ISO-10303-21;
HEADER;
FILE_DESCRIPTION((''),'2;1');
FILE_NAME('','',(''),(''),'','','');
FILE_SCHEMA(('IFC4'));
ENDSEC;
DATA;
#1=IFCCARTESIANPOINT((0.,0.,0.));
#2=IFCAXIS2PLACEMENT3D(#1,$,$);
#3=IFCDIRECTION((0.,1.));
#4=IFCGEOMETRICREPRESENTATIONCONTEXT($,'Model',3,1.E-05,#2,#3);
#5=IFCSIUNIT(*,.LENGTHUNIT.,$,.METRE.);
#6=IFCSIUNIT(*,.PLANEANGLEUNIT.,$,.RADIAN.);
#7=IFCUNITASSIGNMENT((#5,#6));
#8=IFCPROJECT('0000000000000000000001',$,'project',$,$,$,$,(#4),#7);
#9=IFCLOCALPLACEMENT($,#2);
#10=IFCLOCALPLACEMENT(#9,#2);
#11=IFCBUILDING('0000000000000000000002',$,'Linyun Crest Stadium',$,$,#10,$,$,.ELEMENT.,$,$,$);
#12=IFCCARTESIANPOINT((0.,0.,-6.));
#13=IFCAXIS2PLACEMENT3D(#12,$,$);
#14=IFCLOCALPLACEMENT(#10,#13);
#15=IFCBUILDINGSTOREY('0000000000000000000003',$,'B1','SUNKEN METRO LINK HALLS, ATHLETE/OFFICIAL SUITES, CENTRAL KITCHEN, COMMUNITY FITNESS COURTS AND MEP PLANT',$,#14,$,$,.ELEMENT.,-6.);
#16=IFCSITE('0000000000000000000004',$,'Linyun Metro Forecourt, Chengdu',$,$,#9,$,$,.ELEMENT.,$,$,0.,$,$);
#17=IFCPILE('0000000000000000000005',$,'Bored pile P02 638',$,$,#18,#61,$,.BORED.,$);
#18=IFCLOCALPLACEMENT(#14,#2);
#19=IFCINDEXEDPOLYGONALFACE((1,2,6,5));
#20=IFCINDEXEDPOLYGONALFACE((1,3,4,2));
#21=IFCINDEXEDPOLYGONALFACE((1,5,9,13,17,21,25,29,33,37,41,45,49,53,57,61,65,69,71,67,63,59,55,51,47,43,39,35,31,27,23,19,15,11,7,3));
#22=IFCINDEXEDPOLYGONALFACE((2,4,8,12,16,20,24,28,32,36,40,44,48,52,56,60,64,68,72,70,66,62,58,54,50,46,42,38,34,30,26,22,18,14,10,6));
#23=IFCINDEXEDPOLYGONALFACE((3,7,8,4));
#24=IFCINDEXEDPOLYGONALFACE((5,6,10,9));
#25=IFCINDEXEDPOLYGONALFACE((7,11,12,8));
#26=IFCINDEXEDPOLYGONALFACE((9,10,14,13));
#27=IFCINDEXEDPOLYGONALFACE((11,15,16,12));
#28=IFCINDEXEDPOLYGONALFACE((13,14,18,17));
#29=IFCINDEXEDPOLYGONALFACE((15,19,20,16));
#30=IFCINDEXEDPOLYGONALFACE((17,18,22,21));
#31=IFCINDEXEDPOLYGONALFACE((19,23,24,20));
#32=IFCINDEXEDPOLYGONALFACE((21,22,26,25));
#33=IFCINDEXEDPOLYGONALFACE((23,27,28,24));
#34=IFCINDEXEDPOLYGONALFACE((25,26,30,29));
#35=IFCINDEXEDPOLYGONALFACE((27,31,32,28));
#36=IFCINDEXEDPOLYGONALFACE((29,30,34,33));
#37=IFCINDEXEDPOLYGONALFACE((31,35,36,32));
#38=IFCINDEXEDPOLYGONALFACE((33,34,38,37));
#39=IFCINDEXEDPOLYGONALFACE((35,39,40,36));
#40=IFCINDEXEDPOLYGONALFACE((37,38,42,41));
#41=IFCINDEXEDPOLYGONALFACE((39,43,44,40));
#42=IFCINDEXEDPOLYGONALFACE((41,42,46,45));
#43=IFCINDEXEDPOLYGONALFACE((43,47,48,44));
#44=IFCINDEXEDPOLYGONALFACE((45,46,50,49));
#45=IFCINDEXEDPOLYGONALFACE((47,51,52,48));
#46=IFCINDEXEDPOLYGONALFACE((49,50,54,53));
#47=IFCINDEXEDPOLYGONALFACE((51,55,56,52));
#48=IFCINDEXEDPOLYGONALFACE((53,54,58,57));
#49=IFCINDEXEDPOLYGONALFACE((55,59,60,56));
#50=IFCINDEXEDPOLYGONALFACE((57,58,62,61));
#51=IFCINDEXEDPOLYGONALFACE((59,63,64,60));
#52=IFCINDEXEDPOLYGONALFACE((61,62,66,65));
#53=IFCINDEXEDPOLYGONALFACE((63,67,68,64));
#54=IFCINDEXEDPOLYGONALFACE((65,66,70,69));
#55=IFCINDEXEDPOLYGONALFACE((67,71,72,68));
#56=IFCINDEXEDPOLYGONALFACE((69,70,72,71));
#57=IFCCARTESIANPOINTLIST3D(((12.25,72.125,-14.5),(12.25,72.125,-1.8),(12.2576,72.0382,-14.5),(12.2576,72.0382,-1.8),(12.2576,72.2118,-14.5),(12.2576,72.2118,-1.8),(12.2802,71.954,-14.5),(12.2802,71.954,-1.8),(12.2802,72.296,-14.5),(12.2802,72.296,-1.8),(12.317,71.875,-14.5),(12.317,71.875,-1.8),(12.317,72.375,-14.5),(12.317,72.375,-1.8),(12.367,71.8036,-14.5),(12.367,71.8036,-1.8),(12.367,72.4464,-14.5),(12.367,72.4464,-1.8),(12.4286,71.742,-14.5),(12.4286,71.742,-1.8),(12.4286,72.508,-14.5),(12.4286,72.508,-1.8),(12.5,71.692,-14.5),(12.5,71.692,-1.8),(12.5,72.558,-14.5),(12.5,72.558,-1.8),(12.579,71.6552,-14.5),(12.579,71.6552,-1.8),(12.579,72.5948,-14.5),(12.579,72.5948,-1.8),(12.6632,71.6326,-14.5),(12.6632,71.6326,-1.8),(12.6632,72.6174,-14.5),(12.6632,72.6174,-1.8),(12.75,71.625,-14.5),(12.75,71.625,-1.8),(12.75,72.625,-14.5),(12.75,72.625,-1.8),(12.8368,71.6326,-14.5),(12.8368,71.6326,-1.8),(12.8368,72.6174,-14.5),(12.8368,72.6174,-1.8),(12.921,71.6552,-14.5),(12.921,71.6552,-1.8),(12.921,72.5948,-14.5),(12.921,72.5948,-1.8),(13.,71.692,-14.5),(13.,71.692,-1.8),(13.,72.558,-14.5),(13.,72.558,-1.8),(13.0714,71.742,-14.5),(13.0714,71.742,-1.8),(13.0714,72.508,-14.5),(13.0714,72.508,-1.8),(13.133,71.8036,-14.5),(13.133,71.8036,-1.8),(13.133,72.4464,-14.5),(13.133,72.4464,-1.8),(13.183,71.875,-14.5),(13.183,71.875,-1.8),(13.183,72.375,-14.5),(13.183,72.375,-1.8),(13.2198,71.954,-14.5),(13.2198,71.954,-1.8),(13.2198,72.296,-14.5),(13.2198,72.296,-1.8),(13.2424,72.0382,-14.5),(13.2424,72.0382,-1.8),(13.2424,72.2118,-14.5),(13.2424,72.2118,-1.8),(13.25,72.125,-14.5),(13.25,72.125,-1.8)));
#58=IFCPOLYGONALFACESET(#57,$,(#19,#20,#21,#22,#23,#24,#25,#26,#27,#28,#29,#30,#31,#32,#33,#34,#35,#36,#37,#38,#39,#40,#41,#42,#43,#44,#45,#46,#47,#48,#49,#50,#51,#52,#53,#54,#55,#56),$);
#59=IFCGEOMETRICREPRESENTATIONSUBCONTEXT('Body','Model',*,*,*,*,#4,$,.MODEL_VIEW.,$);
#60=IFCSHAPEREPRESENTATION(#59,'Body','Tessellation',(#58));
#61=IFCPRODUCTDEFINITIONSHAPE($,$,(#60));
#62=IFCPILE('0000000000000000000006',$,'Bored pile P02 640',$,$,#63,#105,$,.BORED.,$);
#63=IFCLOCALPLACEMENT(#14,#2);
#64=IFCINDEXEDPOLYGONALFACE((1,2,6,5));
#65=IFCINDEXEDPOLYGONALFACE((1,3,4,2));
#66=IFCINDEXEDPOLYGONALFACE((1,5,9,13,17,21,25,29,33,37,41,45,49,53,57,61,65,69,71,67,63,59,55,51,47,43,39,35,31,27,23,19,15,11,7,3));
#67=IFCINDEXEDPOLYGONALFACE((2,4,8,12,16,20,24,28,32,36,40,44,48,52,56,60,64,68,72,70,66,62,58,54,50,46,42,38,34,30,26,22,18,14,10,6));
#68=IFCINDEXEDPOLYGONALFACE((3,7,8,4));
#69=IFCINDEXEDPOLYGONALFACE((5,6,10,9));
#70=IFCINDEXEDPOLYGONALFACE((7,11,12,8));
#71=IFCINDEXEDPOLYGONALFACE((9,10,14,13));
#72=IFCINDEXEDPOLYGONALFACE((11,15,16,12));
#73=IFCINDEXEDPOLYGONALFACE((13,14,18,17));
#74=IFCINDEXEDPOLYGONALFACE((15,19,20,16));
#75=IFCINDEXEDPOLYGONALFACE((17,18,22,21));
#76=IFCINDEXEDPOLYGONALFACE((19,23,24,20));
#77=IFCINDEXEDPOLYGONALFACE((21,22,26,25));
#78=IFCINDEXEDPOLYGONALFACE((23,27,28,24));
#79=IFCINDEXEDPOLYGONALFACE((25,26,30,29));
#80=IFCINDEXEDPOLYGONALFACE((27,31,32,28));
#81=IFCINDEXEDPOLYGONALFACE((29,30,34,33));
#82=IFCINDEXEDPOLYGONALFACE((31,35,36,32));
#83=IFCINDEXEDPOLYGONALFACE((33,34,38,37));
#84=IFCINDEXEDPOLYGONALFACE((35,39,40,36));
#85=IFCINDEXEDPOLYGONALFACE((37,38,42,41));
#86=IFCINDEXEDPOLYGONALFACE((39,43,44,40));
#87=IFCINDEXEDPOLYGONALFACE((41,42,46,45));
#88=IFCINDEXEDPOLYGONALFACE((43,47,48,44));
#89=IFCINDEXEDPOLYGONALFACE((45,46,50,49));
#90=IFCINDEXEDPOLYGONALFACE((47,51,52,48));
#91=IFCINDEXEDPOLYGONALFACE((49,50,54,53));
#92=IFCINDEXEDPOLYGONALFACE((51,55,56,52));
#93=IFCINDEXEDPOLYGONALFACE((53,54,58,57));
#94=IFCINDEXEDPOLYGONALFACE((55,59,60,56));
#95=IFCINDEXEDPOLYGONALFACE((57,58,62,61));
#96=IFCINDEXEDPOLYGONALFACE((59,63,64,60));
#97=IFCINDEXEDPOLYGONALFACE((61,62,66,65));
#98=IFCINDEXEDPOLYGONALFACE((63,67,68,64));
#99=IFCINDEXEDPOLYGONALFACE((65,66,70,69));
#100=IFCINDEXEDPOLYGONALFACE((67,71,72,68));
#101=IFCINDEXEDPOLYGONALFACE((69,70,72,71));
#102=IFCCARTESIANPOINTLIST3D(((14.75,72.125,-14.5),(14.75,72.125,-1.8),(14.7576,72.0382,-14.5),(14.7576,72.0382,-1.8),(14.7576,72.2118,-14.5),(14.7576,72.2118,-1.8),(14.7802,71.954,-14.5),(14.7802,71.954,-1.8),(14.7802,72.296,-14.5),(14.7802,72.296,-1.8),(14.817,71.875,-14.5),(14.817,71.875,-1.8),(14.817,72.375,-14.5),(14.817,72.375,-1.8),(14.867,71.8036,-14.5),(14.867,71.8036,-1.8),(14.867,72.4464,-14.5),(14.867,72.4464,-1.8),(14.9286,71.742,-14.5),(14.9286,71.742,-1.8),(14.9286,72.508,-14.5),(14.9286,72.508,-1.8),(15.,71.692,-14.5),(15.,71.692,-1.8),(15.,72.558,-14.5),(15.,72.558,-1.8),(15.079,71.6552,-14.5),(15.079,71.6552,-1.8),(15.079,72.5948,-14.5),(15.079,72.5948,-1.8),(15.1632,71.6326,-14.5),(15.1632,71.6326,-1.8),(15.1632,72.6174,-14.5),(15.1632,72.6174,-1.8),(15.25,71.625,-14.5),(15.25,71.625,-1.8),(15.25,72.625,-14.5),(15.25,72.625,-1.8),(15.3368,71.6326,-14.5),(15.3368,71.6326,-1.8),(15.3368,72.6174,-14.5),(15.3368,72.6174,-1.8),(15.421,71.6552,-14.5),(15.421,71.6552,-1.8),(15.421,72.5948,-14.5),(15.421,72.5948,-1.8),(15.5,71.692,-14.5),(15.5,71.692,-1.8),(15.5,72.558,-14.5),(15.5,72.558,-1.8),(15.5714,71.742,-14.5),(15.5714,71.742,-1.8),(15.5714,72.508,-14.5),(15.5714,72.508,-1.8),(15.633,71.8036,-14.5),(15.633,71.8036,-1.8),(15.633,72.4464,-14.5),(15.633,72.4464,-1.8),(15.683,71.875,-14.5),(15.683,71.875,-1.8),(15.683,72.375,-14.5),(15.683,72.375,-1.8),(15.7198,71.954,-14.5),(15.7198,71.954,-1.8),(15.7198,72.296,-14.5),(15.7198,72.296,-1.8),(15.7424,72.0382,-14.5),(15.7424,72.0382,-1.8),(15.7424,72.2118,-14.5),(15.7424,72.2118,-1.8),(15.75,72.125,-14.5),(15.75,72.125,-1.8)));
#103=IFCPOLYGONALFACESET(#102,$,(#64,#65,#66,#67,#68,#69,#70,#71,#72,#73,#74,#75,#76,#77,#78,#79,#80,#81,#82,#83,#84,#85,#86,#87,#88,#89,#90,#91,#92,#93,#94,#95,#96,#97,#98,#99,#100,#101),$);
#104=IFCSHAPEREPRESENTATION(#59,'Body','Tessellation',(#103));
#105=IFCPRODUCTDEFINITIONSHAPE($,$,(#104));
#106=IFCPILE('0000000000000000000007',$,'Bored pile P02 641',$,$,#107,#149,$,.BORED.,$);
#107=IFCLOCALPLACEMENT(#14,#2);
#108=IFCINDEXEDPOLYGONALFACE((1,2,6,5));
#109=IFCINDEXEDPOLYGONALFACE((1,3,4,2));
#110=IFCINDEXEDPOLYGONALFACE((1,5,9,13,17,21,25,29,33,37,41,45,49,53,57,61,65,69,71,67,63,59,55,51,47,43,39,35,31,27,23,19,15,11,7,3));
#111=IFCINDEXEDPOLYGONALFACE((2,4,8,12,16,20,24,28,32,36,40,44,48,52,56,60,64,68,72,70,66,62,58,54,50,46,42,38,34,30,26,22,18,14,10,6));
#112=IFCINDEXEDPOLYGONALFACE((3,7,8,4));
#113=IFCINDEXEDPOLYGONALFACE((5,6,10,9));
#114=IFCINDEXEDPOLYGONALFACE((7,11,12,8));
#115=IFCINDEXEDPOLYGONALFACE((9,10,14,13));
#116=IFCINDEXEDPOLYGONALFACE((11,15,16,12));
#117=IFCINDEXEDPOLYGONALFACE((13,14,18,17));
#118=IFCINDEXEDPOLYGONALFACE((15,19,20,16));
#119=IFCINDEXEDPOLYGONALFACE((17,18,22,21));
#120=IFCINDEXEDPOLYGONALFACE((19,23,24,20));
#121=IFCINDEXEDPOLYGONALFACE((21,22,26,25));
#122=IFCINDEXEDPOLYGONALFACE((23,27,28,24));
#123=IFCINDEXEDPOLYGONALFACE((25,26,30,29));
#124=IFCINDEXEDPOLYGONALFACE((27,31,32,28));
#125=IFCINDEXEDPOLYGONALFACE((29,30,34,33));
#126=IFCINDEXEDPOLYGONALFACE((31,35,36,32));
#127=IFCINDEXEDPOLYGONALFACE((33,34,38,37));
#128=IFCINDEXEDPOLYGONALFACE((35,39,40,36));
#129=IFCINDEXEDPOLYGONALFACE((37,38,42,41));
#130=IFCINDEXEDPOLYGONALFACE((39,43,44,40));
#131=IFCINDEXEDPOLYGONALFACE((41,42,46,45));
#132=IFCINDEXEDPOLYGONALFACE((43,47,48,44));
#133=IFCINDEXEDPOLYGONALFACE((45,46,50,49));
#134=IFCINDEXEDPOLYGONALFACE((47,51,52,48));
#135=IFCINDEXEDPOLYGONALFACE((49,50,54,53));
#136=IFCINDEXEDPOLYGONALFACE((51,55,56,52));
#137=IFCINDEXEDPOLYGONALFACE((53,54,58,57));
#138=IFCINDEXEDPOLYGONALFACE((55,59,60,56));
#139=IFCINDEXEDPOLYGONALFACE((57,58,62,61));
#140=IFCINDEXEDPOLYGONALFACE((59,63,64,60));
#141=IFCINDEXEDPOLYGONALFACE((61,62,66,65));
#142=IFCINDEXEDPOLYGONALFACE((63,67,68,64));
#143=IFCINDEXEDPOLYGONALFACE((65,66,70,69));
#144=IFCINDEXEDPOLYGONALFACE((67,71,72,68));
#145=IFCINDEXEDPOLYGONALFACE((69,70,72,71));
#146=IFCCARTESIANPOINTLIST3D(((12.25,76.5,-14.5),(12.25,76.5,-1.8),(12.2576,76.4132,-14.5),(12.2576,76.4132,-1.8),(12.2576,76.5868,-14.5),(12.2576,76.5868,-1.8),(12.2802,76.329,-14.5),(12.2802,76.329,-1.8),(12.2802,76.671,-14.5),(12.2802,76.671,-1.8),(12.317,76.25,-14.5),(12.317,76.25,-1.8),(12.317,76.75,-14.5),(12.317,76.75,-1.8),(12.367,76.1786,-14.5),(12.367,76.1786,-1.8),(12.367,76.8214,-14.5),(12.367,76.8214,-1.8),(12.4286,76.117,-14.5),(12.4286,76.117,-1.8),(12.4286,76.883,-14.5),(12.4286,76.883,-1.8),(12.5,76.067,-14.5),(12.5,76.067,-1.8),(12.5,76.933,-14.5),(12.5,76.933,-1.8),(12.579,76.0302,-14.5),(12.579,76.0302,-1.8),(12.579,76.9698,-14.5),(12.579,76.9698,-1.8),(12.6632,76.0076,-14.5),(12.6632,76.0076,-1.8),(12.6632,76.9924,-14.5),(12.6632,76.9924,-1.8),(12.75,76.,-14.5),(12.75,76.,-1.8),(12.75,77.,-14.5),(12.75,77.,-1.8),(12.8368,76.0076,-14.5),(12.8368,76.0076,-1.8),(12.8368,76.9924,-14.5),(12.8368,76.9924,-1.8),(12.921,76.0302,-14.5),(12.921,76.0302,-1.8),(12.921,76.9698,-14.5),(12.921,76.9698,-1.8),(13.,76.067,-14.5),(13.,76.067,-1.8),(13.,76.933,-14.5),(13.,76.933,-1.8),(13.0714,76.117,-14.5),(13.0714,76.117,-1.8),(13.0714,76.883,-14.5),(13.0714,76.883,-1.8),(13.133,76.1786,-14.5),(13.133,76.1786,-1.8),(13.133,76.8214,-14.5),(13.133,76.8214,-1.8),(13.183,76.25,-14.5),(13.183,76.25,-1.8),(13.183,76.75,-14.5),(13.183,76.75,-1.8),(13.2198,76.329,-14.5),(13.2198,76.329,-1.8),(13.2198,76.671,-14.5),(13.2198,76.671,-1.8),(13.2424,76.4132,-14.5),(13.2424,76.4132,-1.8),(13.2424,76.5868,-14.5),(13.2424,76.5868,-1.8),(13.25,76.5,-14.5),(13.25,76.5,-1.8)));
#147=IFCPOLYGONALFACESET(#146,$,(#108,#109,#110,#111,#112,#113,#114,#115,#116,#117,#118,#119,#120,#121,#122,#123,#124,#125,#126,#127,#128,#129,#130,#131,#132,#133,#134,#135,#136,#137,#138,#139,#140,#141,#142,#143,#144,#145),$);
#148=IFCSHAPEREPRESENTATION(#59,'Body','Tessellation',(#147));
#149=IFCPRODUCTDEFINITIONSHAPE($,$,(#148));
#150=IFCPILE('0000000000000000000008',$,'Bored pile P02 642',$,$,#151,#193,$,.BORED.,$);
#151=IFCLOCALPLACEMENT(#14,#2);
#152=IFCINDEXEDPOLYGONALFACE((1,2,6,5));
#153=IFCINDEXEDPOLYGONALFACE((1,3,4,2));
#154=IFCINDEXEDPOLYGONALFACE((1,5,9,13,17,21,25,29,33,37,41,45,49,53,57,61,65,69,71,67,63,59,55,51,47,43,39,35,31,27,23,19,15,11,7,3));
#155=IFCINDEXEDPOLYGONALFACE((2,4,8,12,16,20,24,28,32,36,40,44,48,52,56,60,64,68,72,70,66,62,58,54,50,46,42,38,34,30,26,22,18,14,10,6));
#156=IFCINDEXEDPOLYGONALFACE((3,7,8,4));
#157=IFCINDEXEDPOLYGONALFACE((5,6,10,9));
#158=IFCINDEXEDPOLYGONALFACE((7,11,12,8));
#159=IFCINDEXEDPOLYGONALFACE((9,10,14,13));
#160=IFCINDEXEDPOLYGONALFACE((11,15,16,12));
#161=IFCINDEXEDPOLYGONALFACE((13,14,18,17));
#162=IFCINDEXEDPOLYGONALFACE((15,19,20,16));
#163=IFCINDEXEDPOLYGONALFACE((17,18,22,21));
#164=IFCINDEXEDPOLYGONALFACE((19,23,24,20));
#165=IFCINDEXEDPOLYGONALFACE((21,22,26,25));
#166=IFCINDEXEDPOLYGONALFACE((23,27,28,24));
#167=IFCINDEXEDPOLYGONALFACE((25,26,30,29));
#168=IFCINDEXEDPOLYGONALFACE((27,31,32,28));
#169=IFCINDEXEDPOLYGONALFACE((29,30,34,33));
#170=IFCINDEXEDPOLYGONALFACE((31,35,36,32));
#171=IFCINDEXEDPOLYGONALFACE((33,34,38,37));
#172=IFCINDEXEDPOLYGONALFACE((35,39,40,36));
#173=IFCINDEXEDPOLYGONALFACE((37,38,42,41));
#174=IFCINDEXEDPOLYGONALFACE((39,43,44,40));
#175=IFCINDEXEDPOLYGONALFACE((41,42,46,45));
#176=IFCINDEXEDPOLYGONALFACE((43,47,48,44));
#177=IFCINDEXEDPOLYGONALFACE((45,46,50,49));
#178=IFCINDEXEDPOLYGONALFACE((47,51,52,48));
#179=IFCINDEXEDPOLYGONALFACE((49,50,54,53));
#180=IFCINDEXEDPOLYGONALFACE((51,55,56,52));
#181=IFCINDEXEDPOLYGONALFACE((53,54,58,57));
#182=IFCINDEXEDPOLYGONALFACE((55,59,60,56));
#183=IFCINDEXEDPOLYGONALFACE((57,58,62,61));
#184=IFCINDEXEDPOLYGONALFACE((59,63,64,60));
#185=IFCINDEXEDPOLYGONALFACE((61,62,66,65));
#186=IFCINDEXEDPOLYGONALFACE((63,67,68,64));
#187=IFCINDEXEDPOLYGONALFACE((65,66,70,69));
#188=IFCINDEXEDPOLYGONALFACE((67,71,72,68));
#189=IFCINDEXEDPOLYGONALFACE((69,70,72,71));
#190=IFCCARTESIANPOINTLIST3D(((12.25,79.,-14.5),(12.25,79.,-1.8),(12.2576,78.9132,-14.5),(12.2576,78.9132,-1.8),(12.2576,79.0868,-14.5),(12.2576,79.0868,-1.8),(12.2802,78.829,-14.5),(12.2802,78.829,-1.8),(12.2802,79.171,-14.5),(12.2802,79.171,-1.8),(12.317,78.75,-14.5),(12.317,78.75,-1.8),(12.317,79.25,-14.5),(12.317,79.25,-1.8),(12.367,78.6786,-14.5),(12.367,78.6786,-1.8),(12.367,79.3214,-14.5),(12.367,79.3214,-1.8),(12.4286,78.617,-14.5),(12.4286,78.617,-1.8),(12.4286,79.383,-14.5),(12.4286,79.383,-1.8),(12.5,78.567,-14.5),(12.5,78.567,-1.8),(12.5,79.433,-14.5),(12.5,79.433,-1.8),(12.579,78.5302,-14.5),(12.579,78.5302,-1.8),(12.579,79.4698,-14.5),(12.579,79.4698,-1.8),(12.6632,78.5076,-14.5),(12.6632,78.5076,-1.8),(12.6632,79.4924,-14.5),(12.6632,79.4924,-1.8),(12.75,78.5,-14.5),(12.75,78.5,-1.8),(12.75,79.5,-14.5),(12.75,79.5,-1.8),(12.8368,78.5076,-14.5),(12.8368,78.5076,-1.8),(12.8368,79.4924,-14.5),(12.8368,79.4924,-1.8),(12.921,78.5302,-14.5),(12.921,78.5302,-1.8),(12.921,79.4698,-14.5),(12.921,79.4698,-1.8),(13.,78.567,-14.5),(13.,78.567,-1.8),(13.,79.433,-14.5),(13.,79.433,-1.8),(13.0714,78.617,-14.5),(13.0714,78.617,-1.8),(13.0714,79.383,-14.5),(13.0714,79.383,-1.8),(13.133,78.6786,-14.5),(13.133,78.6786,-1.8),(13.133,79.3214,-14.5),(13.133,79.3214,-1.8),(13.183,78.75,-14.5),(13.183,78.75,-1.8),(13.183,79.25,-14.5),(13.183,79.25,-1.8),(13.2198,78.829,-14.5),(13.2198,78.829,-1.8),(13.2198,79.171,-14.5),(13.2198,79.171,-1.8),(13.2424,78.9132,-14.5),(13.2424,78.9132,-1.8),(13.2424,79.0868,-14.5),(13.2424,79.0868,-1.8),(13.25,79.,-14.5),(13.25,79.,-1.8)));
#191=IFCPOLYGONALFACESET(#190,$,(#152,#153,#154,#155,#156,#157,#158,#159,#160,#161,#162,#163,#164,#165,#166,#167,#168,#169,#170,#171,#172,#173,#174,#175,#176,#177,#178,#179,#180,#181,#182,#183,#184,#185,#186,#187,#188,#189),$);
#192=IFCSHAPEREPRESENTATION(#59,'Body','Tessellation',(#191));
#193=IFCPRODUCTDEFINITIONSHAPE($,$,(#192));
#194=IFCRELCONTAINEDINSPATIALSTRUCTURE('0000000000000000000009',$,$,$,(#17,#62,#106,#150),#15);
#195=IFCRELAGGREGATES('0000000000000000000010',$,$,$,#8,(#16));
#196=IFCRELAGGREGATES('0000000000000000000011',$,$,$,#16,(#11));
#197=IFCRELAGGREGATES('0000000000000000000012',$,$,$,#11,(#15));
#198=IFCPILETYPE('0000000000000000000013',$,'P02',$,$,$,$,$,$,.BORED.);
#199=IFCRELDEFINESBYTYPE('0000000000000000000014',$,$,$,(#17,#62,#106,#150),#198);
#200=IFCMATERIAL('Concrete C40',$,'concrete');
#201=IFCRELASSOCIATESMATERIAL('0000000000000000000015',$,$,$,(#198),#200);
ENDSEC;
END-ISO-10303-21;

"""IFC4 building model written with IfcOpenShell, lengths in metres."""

from ifc_helpers import new_model, si_unit, direction, frame, origin, origin_2d, place, context, subcontext, project, spatial, circle, extrude, material, material_profile, profile_set, type_object, element, save


model = new_model("IFC4")

# Units and contexts
model_context = context("Model", 3, precision=1e-05, world=origin(), true_north=direction((0.0, 1.0)))
body_context = subcontext(model_context, "Body", "Model", "MODEL_VIEW")
ifc_project = project(units=[si_unit("LENGTHUNIT", "METRE"), si_unit("PLANEANGLEUNIT", "RADIAN")], contexts=[model_context])

# Site, building, storey
site_placement = place(None, origin())
site = spatial("IfcSite", under=ifc_project, at=site_placement, Name="Linyun Metro Forecourt, Chengdu", CompositionType="ELEMENT", RefElevation=0.0)
building_placement = place(site_placement, origin())
building = spatial("IfcBuilding", under=site, at=building_placement, Name="Linyun Crest Stadium", CompositionType="ELEMENT")
storey_placement = place(building_placement, frame((0.0, 0.0, -6.0)))
storey = spatial("IfcBuildingStorey", under=building, at=storey_placement, Name="B1", Description="SUNKEN METRO LINK HALLS, ATHLETE/OFFICIAL SUITES, CENTRAL KITCHEN, COMMUNITY FITNESS COURTS AND MEP PLANT", CompositionType="ELEMENT", Elevation=-6.0)

# Piles
ifc_material_1 = material(Name="Concrete C40", Category="concrete")
ifc_material_profile_1 = material_profile(ifc_material_1, circle(Radius=0.5, at=origin_2d()), Name="BORED PILE 1000")
ifc_profile_set_1 = profile_set([ifc_material_profile_1], Name="Concrete C40")
pile_type = type_object("IfcPileType", Name="P02", PredefinedType="BORED", material=ifc_profile_set_1)
for number, where, z_axis, x_axis, name in (
    (1, (12.75, 72.125, -1.8), (0.0, 0.0, -1.0), (1.0, 0.0, 0.0), "Bored pile P02 638"),
    (2, (15.25, 72.125, -1.8), (0.0, 0.0, -1.0), (1.0, 0.0, 0.0), "Bored pile P02 640"),
    (3, (12.75, 76.5, -1.8), (0.0, 0.0, -1.0), (1.0, 0.0, 0.0), "Bored pile P02 641"),
    (4, (12.75, 79.0, -1.8), (0.0, 0.0, -1.0), (1.0, 0.0, 0.0), "Bored pile P02 642"),
):
    element("IfcPile", number, at=place(storey_placement, frame(where, z_axis=z_axis, x_axis=x_axis)), inside=storey, type_object=pile_type, Name=name, PredefinedType="BORED", context=body_context, shape_type="SweptSolid", body=[
        extrude(circle(Radius=0.5, at=origin_2d()), origin(), (0.0, 0.0, 1.0), 12.7),
    ])

save(model, "model.ifc")
